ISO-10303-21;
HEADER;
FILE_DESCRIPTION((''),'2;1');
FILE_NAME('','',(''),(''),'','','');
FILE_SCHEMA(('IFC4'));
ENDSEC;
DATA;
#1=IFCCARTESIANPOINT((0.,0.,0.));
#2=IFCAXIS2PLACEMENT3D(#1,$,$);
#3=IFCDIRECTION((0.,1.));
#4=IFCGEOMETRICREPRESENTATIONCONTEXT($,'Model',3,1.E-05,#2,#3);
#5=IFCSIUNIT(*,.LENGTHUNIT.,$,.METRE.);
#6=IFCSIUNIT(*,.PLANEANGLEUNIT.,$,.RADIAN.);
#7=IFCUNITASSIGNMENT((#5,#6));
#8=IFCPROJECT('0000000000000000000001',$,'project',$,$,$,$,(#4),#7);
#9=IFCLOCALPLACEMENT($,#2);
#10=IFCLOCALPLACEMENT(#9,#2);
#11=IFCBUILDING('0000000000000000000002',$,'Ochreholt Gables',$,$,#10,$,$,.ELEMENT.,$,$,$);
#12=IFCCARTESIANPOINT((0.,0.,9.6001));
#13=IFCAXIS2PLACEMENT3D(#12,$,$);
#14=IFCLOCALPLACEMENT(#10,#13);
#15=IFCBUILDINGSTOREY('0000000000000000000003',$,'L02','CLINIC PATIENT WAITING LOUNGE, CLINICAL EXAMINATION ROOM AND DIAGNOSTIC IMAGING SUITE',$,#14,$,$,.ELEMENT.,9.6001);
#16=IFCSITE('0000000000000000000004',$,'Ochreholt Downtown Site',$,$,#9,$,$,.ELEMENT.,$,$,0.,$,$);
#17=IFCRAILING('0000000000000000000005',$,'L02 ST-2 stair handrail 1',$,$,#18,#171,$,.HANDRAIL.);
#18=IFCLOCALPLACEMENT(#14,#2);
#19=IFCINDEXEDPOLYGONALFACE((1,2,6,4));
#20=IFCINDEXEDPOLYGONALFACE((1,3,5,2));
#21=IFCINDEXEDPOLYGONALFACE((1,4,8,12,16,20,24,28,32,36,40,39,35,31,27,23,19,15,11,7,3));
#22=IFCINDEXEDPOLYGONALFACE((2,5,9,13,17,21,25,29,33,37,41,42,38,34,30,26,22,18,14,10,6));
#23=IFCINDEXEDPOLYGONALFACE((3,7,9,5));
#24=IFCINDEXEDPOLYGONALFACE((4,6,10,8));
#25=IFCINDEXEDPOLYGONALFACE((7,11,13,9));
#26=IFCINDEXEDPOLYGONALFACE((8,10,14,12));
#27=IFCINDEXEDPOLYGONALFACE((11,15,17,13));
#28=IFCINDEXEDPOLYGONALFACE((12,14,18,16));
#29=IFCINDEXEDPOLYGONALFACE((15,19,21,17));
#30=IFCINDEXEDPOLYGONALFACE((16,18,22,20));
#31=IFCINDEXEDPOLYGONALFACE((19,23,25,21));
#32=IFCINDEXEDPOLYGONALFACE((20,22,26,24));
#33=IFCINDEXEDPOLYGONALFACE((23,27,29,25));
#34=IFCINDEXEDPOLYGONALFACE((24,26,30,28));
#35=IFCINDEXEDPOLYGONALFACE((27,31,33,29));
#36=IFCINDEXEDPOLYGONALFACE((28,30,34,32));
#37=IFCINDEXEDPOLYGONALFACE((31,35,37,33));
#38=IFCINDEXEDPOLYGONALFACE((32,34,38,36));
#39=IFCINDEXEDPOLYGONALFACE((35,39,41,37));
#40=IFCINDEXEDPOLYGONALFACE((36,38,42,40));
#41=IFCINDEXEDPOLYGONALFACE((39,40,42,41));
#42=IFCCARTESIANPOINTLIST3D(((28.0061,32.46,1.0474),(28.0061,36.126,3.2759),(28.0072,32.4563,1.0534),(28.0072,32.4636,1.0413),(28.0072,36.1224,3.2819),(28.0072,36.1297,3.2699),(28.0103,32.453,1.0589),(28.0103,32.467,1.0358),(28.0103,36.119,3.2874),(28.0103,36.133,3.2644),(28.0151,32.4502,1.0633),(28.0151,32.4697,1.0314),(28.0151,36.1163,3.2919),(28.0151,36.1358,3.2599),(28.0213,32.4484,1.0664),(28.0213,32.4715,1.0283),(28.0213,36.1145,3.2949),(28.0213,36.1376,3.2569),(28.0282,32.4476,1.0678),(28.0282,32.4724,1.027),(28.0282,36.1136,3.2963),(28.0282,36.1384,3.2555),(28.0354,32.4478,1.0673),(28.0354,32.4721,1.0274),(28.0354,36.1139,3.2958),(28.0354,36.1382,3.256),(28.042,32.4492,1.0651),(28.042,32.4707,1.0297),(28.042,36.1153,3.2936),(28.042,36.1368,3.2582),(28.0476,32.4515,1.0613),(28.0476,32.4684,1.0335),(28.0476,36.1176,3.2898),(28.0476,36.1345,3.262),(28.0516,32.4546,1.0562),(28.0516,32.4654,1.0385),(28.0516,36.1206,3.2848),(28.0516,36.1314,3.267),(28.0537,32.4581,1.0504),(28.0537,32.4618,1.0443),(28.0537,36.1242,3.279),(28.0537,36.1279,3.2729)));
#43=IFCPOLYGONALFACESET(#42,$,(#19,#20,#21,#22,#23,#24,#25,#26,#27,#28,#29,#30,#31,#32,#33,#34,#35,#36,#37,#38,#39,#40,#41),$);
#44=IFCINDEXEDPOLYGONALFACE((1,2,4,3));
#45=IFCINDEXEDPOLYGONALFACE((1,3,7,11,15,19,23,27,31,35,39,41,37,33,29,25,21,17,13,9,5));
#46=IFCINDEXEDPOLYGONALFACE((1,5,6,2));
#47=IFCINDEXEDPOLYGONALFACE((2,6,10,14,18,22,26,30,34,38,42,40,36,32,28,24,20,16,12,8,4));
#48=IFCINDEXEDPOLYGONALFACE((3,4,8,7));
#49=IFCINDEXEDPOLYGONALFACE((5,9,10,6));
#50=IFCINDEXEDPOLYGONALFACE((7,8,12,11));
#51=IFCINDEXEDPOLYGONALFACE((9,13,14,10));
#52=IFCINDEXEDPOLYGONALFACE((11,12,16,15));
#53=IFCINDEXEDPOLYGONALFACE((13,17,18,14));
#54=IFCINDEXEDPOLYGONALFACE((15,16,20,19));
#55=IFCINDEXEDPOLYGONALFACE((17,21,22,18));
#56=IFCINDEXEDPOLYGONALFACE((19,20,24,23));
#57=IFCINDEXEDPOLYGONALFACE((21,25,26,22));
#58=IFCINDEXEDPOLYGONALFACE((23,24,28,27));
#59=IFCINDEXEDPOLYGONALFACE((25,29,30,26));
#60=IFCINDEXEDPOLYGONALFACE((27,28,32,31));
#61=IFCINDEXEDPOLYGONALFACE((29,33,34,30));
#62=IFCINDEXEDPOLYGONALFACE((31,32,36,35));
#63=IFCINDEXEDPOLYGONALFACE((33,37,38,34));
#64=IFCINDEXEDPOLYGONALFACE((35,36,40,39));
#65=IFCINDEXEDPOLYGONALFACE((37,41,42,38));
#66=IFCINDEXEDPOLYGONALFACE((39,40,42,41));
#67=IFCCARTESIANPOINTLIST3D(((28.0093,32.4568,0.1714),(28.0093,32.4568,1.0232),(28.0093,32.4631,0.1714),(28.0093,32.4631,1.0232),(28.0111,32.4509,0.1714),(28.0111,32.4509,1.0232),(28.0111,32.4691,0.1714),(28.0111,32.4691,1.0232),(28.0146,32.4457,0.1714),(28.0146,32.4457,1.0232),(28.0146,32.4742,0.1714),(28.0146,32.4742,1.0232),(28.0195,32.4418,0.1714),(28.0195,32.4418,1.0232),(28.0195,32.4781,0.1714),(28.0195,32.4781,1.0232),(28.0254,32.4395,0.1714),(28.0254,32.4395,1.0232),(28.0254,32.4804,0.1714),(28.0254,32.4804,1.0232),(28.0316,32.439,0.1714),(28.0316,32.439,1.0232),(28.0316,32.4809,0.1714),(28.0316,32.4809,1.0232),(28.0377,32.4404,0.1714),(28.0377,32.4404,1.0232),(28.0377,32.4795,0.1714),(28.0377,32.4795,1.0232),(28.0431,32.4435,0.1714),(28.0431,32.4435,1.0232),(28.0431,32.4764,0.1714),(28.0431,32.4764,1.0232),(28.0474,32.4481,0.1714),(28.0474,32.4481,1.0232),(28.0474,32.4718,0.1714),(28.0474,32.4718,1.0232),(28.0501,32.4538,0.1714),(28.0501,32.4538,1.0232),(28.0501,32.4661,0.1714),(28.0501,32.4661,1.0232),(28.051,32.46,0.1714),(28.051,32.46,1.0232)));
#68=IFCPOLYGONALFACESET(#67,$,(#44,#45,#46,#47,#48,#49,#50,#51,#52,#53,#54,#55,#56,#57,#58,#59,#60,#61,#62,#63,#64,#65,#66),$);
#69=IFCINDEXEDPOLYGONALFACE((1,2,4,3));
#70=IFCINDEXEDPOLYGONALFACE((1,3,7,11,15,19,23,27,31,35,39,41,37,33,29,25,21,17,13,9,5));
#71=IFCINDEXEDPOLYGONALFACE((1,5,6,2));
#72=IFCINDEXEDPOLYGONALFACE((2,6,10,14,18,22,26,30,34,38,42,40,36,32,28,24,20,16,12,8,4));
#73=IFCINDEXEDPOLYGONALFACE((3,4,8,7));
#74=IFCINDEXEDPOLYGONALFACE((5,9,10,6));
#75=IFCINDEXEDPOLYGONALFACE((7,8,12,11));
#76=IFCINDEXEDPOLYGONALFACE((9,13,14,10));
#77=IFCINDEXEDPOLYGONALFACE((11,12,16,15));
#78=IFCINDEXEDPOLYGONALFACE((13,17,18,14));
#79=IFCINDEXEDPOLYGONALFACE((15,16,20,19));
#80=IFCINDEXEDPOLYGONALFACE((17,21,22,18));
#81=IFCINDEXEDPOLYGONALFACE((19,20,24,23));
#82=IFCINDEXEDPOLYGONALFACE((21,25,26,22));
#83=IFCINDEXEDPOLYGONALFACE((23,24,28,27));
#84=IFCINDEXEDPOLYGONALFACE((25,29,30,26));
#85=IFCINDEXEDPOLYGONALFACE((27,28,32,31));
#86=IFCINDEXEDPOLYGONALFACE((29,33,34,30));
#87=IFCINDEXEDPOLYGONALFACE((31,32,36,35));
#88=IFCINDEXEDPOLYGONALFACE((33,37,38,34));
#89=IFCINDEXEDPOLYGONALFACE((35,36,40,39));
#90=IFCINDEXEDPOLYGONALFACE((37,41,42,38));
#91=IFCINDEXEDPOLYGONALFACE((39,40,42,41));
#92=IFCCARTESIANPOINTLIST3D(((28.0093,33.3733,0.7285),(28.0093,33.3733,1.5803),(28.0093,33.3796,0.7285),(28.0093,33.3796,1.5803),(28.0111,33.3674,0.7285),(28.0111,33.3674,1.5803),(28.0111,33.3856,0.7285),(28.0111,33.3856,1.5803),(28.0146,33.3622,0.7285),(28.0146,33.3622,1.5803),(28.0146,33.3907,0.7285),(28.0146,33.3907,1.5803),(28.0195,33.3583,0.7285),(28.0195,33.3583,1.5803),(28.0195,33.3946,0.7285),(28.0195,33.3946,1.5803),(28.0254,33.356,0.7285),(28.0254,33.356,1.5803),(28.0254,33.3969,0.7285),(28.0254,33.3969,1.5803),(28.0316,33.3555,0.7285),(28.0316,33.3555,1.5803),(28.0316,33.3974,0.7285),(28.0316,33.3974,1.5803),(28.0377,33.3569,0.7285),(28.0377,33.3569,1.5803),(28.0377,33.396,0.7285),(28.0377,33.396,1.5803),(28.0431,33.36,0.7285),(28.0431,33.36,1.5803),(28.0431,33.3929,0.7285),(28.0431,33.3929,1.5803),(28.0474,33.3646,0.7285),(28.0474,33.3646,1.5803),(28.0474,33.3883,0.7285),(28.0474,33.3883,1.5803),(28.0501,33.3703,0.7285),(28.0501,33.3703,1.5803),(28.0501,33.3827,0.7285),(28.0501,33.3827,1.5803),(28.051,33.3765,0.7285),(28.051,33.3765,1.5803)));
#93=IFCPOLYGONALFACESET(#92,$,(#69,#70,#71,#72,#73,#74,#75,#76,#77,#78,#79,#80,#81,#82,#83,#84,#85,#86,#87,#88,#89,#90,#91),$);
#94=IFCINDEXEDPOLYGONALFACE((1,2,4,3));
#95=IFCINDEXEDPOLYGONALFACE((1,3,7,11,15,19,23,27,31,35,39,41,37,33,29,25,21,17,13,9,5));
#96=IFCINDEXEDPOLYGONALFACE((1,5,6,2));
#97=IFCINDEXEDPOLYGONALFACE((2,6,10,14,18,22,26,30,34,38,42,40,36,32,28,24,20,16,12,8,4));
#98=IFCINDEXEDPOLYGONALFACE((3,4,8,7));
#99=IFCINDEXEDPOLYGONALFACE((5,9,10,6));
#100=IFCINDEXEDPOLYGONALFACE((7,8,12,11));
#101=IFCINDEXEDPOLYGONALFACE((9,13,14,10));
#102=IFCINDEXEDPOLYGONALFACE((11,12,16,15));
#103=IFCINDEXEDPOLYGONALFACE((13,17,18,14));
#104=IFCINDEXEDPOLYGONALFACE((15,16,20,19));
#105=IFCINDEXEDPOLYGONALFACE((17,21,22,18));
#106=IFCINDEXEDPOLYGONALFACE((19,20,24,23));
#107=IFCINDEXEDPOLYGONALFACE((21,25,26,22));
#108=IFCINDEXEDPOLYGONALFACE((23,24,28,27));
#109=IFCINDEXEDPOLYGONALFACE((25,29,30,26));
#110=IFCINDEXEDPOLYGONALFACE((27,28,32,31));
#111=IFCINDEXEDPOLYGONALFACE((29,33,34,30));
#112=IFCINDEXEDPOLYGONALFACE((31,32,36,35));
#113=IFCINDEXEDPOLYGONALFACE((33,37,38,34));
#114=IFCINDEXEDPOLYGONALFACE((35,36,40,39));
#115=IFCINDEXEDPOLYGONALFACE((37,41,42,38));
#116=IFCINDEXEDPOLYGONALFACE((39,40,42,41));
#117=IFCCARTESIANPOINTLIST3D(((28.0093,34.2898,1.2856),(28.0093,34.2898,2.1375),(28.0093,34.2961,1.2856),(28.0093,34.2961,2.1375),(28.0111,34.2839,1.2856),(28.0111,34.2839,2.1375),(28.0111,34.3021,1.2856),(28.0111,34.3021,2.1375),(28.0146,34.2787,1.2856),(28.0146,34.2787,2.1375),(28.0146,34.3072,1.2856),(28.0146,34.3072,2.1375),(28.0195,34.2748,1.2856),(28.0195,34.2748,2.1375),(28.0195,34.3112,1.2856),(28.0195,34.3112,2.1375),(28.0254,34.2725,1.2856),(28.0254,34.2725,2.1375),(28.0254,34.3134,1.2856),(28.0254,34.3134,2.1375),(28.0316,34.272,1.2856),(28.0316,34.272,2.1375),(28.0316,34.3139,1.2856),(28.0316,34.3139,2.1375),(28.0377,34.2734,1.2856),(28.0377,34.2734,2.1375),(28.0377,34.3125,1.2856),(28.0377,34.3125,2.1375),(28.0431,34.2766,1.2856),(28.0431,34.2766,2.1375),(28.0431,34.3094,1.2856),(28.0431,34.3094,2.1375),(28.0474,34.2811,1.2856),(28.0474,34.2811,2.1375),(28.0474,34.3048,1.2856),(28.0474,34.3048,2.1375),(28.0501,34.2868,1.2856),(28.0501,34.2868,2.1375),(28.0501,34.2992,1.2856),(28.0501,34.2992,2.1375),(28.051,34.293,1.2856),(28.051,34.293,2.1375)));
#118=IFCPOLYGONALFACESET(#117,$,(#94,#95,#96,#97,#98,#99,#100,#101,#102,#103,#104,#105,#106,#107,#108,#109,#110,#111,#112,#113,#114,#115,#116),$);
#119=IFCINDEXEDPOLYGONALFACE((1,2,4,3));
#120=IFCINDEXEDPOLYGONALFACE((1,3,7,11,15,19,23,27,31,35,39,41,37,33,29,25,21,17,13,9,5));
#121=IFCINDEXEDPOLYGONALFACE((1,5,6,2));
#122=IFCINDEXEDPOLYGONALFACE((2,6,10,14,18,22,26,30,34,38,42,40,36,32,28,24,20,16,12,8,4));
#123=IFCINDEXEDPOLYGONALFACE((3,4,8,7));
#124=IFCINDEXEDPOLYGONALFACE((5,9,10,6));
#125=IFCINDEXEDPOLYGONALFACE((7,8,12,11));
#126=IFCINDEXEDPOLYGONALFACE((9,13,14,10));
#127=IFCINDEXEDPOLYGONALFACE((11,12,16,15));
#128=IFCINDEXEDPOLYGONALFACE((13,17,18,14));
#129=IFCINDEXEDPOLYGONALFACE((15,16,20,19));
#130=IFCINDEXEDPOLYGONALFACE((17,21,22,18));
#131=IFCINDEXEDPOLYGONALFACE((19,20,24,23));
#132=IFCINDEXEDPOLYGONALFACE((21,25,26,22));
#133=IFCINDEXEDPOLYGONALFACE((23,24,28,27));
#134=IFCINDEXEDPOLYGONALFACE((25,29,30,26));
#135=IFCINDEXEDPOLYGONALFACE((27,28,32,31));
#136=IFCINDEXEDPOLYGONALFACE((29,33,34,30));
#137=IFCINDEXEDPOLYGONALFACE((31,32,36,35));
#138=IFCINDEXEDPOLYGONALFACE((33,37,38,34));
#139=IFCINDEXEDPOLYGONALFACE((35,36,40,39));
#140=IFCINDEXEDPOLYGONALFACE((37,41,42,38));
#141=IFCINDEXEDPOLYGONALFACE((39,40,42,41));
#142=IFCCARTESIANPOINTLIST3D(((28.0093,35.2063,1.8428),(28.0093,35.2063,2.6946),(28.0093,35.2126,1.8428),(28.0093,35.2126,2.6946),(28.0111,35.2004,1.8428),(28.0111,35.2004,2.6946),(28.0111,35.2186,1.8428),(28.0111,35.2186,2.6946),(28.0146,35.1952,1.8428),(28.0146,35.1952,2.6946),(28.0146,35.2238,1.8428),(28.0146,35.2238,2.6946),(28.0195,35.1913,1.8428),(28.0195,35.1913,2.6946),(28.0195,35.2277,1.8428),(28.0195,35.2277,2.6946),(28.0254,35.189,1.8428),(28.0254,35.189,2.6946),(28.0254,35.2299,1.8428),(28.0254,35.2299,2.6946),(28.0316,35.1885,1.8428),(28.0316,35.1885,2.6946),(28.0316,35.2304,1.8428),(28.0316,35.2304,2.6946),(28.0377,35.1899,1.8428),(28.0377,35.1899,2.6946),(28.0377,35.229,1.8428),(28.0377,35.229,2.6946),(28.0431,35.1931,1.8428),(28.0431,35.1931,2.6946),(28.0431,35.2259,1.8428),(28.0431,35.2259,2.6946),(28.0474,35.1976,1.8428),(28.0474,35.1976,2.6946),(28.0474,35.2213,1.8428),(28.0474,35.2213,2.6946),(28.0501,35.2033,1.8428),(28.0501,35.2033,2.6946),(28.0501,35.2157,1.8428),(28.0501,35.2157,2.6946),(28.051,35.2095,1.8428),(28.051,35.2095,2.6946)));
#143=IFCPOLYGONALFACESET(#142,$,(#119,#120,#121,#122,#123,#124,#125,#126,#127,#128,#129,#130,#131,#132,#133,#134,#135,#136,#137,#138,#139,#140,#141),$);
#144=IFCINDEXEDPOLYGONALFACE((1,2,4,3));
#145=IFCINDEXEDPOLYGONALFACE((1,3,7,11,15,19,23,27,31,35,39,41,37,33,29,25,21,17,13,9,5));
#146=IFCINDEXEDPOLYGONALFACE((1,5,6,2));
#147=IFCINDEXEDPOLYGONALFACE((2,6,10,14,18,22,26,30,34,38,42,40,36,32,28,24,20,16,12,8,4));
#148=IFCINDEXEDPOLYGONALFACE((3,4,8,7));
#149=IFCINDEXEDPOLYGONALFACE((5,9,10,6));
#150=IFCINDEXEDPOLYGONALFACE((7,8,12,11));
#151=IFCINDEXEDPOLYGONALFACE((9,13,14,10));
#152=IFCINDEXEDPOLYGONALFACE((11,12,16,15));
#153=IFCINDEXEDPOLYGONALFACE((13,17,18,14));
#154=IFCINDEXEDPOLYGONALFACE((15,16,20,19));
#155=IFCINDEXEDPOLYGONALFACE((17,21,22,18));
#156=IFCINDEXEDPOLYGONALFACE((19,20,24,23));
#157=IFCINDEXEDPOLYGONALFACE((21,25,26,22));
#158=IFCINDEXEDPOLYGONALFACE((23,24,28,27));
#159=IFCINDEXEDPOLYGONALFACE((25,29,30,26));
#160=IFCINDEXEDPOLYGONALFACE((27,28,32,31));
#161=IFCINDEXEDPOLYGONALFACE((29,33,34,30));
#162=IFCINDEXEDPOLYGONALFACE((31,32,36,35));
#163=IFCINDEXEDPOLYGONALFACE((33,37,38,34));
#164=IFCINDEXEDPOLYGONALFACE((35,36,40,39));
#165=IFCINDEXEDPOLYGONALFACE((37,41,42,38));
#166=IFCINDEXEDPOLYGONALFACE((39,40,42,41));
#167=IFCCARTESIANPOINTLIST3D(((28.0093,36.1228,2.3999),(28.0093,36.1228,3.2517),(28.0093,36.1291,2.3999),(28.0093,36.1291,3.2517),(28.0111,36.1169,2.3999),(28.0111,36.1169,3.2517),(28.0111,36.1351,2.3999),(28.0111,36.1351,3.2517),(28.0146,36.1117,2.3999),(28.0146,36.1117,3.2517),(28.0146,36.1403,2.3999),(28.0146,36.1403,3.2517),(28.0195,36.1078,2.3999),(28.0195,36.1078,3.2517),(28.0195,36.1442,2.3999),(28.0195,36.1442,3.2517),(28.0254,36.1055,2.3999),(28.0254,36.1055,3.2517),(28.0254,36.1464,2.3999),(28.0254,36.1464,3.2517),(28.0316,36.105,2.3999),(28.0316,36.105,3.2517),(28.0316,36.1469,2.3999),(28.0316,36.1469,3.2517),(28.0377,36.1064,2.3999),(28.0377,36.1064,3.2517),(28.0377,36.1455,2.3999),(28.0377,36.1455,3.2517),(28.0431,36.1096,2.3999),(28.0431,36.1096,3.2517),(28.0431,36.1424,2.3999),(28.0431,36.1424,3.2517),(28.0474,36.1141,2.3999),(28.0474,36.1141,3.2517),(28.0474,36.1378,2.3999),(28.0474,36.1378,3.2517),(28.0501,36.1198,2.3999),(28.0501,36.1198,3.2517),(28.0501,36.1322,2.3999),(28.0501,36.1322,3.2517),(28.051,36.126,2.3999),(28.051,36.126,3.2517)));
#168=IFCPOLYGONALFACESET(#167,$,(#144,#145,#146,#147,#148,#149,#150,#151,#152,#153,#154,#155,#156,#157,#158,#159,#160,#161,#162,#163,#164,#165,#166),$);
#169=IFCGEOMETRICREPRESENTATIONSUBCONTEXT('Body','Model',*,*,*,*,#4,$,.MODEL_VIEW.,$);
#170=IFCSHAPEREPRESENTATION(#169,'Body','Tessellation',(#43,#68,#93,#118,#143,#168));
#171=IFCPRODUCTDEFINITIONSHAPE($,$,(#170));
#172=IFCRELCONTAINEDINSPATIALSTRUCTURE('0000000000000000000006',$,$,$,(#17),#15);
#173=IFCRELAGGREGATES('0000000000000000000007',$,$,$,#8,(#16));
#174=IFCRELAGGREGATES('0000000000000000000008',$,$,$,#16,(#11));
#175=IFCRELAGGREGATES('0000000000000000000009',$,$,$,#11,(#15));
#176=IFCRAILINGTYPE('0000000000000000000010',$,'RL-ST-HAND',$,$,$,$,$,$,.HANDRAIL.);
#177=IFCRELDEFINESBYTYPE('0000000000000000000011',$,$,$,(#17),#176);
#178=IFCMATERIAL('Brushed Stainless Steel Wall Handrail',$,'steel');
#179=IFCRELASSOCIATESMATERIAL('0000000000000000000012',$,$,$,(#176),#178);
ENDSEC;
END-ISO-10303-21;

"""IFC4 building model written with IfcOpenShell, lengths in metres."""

from ifc_helpers import new_model, si_unit, direction, frame, origin, origin_2d, place, context, subcontext, project, spatial, circle, extrude, material, type_object, element, save


model = new_model("IFC4")

# Units and contexts
model_context = context("Model", 3, precision=1e-05, world=origin(), true_north=direction((0.0, 1.0)))
body_context = subcontext(model_context, "Body", "Model", "MODEL_VIEW")
ifc_project = project(units=[si_unit("LENGTHUNIT", "METRE"), si_unit("PLANEANGLEUNIT", "RADIAN")], contexts=[model_context])

# Site, building, storey
site_placement = place(None, origin())
site = spatial("IfcSite", under=ifc_project, at=site_placement, Name="Ochreholt Downtown Site", CompositionType="ELEMENT", RefElevation=0.0)
building_placement = place(site_placement, origin())
building = spatial("IfcBuilding", under=site, at=building_placement, Name="Ochreholt Gables", CompositionType="ELEMENT")
storey_placement = place(building_placement, frame((0.0, 0.0, 9.6001)))
storey = spatial("IfcBuildingStorey", under=building, at=storey_placement, Name="L02", Description="CLINIC PATIENT WAITING LOUNGE, CLINICAL EXAMINATION ROOM AND DIAGNOSTIC IMAGING SUITE", CompositionType="ELEMENT", Elevation=9.6001)

# Railing
ifc_material_1 = material(Name="Brushed Stainless Steel Wall Handrail", Category="steel")
railing_type_1 = type_object("IfcRailingType", Name="RL-ST-HAND", PredefinedType="HANDRAIL", material=ifc_material_1)
railing_1_placement = place(storey_placement, frame((28.03, 32.46, 0.1714)))
element("IfcRailing", 1, at=railing_1_placement, inside=storey, type_object=railing_type_1, Name="L02 ST-2 stair handrail 1", PredefinedType="HANDRAIL", context=body_context, shape_type="SweptSolid", body=[
    extrude(circle(Radius=0.0239, at=origin_2d()), frame((0.0, 0.0, 0.876), z_axis=(0.0, 0.854506, 0.519441), x_axis=(-1.0, 0.0, 0.0)), (0.0, 0.0, 1.0), 4.2903),
    extrude(circle(Radius=0.021, at=origin_2d()), origin(), (0.0, 0.0, 1.0), 0.8518),
    extrude(circle(Radius=0.021, at=origin_2d()), frame((0.0, 0.9165, 0.5571)), (0.0, 0.0, 1.0), 0.8518),
    extrude(circle(Radius=0.021, at=origin_2d()), frame((0.0, 1.833, 1.1143)), (0.0, 0.0, 1.0), 0.8518),
    extrude(circle(Radius=0.021, at=origin_2d()), frame((0.0, 2.7495, 1.6714)), (0.0, 0.0, 1.0), 0.8518),
    extrude(circle(Radius=0.021, at=origin_2d()), frame((0.0, 3.666, 2.2285)), (0.0, 0.0, 1.0), 0.8518),
])

save(model, "model.ifc")
